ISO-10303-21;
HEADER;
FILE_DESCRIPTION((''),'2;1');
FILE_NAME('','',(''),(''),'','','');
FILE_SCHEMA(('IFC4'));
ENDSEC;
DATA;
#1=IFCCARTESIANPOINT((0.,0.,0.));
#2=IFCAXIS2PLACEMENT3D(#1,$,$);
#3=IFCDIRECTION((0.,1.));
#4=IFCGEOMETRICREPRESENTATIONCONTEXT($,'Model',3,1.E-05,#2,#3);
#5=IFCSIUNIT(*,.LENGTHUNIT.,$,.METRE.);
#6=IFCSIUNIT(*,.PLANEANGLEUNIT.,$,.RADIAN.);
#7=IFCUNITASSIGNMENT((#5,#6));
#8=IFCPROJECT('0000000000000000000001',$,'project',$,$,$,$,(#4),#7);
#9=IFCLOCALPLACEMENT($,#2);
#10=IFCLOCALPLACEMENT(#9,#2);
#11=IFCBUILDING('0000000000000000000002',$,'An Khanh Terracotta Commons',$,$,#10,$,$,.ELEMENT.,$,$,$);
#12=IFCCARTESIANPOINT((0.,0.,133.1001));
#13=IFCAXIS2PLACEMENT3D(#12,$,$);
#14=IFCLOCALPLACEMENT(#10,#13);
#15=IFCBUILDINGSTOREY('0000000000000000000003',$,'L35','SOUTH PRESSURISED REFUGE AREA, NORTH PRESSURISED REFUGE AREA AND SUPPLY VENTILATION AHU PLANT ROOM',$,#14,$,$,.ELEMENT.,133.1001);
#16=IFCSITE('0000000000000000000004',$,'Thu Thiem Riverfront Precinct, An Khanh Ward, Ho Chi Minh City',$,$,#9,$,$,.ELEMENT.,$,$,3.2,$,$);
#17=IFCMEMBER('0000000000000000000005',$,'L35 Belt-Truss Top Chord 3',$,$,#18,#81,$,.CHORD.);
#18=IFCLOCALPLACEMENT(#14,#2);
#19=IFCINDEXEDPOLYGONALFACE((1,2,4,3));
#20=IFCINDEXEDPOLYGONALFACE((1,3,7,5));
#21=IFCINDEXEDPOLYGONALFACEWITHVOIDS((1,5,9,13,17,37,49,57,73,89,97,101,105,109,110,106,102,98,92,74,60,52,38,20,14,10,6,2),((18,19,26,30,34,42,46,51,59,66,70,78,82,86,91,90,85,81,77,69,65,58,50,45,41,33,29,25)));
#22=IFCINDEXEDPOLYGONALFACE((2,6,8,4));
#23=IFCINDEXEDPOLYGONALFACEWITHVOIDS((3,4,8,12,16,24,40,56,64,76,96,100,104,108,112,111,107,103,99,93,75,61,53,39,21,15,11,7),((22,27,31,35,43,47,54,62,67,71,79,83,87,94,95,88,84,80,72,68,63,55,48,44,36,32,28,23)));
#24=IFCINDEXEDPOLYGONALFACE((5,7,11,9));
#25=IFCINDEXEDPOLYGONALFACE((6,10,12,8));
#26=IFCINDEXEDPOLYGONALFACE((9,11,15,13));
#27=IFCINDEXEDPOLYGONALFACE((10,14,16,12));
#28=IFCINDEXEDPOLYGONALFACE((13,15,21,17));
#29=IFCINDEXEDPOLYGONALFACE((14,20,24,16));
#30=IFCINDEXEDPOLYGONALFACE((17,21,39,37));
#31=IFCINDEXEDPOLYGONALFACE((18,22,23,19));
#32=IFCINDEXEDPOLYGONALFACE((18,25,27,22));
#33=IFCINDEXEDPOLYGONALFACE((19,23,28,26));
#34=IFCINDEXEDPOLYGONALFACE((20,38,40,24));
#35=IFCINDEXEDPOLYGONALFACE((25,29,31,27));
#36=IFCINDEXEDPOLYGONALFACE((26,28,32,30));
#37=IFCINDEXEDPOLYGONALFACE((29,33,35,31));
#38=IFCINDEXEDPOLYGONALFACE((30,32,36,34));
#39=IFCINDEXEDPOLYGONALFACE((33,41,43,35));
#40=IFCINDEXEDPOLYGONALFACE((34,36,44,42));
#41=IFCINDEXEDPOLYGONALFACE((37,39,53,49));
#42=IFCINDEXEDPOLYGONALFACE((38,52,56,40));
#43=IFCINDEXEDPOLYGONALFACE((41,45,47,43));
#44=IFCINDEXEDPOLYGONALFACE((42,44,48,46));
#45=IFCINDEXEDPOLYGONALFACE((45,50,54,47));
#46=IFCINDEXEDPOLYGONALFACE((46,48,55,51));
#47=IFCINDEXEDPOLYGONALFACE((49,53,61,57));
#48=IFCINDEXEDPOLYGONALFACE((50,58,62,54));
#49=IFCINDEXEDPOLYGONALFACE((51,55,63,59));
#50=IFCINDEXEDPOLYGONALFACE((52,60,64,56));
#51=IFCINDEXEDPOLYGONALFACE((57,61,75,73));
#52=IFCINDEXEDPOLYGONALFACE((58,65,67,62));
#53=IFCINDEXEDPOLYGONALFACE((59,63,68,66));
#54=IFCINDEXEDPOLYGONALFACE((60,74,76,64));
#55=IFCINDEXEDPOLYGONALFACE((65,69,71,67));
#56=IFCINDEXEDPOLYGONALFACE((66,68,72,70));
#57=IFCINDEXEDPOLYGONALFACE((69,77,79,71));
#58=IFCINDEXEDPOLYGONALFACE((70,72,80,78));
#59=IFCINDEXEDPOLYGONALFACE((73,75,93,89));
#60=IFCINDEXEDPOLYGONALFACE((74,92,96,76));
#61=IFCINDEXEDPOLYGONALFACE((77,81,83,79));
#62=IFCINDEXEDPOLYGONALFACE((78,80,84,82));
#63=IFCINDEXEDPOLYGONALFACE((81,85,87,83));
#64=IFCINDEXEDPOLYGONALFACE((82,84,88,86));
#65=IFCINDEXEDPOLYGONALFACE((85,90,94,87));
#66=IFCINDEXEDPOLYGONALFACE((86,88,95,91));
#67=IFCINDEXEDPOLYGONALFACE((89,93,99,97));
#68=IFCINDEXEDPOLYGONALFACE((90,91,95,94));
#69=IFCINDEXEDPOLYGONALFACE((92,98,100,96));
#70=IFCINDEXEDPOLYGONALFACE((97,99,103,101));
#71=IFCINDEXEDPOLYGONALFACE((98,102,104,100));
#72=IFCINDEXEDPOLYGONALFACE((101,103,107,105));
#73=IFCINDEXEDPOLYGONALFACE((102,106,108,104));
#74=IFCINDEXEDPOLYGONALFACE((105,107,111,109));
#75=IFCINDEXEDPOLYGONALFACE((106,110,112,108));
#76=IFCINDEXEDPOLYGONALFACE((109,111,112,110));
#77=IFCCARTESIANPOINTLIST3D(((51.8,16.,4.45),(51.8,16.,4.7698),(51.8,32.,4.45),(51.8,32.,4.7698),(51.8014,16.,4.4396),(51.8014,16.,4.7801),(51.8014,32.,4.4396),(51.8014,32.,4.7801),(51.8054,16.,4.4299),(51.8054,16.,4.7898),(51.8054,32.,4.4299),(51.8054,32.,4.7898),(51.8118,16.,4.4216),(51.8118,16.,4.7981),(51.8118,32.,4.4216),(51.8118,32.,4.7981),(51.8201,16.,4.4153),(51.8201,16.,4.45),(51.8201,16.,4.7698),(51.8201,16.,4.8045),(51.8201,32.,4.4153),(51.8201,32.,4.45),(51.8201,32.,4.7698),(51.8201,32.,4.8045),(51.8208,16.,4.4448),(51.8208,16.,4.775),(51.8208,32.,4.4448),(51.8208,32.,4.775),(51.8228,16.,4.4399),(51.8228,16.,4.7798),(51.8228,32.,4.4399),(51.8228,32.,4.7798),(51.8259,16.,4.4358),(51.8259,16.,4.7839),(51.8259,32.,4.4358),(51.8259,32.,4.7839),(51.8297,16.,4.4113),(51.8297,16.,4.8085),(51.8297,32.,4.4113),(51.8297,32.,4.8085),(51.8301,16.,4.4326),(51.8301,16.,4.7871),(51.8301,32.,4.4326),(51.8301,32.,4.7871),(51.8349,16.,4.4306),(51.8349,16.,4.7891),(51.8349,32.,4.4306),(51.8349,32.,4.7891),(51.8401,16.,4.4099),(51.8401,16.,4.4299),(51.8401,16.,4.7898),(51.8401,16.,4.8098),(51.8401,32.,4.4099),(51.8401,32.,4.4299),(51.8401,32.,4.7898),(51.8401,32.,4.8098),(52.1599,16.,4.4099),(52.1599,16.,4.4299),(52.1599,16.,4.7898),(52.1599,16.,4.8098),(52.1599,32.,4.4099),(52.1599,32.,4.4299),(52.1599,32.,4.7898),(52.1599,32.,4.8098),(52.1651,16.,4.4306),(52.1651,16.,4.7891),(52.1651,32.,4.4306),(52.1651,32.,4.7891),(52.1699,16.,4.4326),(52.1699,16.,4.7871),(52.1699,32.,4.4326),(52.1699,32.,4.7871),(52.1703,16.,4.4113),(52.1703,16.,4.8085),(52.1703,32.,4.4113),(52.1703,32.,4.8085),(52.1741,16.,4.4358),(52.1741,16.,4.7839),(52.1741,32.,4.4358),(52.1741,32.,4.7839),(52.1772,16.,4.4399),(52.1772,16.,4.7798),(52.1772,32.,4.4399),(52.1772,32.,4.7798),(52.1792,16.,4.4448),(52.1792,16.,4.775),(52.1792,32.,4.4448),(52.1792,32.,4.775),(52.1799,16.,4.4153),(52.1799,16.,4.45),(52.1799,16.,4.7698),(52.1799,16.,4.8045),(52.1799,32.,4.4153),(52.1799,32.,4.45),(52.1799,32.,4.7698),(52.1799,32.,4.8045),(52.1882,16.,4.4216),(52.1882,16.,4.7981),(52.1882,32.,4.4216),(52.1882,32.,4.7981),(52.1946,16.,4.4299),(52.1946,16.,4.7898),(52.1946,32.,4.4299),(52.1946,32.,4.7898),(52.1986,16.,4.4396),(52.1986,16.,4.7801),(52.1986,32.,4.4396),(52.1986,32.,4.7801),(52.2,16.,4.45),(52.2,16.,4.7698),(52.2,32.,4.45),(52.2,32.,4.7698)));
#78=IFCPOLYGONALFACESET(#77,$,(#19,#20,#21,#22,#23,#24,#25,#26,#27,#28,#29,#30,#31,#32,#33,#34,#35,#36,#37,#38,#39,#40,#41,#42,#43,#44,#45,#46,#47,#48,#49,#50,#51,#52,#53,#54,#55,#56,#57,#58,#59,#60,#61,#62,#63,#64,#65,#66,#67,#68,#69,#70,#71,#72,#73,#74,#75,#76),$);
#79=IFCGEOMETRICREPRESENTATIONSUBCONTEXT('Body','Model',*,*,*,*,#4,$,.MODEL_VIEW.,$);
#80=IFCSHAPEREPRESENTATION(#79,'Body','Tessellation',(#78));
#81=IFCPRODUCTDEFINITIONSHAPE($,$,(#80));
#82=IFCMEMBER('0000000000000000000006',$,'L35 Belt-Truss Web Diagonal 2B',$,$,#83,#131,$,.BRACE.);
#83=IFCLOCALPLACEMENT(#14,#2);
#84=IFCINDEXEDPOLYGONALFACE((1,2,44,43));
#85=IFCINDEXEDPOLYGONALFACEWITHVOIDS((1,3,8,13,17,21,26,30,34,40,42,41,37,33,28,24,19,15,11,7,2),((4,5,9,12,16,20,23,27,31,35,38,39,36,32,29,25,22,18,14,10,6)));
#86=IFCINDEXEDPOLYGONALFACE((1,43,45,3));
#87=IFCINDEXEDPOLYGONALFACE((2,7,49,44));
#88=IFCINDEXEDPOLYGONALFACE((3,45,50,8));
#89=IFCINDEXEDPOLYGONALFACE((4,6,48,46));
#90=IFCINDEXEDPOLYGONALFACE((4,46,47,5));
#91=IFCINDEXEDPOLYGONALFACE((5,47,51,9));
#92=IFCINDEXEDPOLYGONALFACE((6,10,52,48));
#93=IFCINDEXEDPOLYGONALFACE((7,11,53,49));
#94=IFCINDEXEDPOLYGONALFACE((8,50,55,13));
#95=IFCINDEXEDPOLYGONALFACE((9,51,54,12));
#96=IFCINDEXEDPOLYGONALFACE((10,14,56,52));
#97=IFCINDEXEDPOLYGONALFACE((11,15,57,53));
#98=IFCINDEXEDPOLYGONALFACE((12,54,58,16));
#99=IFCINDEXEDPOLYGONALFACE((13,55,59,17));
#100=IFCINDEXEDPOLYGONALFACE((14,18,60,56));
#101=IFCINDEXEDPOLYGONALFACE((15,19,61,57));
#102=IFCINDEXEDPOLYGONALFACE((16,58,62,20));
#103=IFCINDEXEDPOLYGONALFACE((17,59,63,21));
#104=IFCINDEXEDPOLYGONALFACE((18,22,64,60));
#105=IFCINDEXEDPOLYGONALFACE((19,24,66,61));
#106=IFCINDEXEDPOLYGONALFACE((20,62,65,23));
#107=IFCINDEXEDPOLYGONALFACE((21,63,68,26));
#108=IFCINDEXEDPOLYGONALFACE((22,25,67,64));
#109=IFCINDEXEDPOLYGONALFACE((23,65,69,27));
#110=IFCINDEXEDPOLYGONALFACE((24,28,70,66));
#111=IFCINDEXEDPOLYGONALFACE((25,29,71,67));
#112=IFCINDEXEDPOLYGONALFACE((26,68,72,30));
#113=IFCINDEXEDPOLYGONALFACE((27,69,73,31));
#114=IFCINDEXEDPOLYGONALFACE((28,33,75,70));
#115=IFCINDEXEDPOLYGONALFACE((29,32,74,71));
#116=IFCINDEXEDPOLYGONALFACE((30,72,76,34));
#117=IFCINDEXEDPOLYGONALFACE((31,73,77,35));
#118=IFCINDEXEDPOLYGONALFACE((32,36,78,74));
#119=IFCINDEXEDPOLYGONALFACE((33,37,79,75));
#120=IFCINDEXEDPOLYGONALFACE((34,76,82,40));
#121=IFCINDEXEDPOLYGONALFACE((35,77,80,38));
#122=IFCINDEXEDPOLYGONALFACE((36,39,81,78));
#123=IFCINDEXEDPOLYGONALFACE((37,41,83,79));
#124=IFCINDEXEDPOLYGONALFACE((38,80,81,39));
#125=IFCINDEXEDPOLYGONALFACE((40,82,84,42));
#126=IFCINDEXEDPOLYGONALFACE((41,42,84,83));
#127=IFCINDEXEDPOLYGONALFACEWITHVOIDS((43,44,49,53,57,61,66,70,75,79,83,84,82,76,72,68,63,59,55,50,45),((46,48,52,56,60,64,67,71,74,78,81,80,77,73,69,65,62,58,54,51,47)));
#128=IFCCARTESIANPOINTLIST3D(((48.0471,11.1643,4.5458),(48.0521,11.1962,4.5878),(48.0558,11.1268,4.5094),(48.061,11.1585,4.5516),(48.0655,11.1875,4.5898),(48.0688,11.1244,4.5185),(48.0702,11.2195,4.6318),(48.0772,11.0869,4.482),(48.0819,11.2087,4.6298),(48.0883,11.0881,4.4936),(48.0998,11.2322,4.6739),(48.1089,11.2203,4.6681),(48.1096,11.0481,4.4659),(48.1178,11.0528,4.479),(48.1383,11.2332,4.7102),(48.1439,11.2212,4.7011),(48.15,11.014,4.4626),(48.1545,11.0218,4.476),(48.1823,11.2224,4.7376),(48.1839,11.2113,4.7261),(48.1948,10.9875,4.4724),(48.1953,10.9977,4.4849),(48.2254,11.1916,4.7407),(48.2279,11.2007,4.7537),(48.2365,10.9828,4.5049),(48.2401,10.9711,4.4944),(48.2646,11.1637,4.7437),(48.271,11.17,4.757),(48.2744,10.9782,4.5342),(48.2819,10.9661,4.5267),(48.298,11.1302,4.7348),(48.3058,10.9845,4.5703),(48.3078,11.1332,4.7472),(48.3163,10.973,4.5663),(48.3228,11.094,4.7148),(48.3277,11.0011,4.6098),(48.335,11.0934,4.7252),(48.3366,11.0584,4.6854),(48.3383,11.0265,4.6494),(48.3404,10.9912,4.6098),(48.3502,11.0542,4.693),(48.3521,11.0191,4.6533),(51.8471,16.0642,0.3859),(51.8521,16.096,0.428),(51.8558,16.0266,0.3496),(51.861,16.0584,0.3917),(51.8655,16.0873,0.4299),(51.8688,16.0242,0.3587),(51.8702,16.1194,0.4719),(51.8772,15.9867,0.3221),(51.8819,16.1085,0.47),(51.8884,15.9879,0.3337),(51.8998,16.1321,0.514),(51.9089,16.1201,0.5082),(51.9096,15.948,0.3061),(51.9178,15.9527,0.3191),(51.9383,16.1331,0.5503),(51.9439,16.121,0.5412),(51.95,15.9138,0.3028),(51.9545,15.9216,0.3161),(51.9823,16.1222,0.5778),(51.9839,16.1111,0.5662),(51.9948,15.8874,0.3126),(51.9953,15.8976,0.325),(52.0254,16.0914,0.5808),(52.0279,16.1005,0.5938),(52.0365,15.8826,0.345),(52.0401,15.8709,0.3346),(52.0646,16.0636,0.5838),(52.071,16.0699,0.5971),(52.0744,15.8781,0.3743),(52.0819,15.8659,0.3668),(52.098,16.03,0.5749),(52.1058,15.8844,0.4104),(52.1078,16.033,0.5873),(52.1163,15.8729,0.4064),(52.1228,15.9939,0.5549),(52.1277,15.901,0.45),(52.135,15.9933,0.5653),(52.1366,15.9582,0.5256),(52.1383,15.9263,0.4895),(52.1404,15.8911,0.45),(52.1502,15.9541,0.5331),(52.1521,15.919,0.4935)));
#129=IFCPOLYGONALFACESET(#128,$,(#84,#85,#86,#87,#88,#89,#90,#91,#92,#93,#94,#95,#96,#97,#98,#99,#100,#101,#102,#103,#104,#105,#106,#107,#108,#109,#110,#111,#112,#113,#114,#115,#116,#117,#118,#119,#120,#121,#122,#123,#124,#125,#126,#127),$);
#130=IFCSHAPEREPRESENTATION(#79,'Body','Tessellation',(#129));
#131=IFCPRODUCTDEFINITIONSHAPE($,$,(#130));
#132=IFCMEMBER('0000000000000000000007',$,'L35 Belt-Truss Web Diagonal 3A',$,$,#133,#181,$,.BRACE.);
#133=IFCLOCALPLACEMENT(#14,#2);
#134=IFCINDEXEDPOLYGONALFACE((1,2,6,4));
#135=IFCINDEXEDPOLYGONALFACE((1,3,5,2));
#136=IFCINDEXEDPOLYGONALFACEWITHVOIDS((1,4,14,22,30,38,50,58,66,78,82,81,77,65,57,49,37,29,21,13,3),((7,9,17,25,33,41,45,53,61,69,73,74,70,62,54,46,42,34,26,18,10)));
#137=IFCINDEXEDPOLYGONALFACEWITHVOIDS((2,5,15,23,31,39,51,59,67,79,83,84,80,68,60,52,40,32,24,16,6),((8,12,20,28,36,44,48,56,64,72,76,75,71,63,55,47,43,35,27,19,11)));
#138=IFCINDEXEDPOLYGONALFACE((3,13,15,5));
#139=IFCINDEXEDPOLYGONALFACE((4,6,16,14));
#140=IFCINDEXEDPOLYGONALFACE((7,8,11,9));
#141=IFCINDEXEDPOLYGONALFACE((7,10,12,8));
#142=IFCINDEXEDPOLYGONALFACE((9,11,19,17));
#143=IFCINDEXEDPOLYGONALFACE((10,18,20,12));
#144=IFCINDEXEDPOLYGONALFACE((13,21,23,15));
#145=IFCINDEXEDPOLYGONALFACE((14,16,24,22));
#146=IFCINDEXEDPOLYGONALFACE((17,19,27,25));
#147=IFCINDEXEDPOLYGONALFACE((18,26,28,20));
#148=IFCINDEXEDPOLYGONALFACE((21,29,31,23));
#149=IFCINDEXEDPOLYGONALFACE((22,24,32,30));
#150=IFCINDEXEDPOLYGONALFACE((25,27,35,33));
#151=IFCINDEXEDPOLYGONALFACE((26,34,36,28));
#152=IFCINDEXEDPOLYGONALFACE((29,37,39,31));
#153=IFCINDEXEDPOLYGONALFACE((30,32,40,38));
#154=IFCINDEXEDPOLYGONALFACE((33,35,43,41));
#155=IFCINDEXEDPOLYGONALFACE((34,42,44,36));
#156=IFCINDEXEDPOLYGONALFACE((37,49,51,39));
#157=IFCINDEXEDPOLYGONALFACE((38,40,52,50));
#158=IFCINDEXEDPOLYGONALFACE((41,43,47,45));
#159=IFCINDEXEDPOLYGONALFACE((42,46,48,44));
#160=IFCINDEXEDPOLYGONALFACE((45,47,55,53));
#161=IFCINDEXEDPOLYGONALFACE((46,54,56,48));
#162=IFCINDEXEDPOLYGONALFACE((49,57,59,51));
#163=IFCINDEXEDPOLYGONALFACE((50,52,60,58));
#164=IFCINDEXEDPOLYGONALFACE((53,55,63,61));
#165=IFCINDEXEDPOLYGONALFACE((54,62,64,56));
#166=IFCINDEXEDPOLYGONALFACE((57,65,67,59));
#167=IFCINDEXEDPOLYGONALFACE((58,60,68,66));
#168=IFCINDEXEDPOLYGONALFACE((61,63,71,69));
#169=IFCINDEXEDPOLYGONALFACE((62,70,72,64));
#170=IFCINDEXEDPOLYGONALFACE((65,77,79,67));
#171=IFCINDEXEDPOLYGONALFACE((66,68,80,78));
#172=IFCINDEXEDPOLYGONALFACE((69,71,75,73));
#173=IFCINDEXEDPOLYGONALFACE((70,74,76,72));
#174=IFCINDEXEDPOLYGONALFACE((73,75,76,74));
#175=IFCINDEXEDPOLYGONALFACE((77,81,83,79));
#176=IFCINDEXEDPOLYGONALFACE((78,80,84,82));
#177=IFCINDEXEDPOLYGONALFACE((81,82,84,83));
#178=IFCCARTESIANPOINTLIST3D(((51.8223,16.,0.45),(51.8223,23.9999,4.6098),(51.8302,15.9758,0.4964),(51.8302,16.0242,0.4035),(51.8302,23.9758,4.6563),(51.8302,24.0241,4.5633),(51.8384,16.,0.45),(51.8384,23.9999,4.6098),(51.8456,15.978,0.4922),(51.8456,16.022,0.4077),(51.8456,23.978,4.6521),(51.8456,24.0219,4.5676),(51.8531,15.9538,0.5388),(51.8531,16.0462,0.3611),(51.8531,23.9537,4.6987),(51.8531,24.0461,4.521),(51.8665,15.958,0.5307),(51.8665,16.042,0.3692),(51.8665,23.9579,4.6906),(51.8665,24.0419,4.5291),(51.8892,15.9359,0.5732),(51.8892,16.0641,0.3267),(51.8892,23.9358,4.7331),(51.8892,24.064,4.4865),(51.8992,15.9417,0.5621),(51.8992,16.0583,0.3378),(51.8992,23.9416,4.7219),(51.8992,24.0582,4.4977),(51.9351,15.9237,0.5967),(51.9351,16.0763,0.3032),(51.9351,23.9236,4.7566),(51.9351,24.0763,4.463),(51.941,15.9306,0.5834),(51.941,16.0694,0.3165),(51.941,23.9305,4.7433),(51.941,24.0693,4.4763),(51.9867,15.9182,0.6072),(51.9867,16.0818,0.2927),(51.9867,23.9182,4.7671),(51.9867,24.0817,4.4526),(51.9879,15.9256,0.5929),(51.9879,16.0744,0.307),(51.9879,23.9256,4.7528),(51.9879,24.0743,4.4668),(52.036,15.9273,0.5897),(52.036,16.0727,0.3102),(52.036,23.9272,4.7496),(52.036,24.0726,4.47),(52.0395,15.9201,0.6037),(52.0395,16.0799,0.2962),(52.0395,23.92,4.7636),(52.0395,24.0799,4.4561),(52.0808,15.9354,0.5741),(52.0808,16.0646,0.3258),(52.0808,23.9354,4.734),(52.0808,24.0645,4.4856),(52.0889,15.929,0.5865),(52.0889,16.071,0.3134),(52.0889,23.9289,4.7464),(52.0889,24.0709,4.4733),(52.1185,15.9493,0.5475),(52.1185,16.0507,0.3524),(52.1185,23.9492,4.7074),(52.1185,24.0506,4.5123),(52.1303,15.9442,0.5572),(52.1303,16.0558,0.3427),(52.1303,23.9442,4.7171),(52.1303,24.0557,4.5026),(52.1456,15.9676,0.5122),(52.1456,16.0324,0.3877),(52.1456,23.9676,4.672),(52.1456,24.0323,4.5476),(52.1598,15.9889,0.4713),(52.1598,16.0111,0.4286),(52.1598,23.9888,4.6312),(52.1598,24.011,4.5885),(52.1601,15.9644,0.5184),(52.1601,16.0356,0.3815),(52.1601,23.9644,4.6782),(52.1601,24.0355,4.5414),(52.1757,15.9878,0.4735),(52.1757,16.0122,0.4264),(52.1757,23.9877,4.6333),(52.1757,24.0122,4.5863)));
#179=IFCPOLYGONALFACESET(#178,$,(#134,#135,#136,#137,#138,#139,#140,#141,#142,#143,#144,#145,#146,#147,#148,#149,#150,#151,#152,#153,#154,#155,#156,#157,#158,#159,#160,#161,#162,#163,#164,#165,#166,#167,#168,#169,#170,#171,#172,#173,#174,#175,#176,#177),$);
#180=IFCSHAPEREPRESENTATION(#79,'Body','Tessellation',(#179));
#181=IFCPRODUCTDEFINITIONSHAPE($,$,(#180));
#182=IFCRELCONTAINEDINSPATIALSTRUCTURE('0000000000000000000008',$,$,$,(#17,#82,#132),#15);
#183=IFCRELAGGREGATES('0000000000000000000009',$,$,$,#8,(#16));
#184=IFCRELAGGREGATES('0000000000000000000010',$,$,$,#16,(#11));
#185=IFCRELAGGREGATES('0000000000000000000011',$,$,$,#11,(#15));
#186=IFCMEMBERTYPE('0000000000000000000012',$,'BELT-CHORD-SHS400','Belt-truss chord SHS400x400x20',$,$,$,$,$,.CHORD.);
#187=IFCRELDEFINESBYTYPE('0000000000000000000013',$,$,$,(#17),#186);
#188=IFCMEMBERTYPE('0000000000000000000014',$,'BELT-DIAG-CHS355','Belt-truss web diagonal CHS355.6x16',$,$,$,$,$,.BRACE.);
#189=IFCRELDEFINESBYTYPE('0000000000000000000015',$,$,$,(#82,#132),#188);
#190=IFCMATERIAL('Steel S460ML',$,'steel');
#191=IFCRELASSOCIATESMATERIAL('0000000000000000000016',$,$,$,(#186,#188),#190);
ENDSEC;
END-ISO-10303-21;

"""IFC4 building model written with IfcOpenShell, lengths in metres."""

from ifc_helpers import new_model, si_unit, direction, frame, origin, origin_2d, place, context, subcontext, project, spatial, hollow_rectangle, hollow_circle, extrude, material, material_profile, profile_set, type_object, element, save


model = new_model("IFC4")

# Units and contexts
model_context = context("Model", 3, precision=1e-05, world=origin(), true_north=direction((0.0, 1.0)))
body_context = subcontext(model_context, "Body", "Model", "MODEL_VIEW")
ifc_project = project(units=[si_unit("LENGTHUNIT", "METRE"), si_unit("PLANEANGLEUNIT", "RADIAN")], contexts=[model_context])

# Site, building, storey
site_placement = place(None, origin())
site = spatial("IfcSite", under=ifc_project, at=site_placement, Name="Thu Thiem Riverfront Precinct, An Khanh Ward, Ho Chi Minh City", CompositionType="ELEMENT", RefElevation=3.2)
building_placement = place(site_placement, origin())
building = spatial("IfcBuilding", under=site, at=building_placement, Name="An Khanh Terracotta Commons", CompositionType="ELEMENT")
storey_placement = place(building_placement, frame((0.0, 0.0, 133.1001)))
storey = spatial("IfcBuildingStorey", under=building, at=storey_placement, Name="L35", Description="SOUTH PRESSURISED REFUGE AREA, NORTH PRESSURISED REFUGE AREA AND SUPPLY VENTILATION AHU PLANT ROOM", CompositionType="ELEMENT", Elevation=133.1001)

# Shared definitions
ifc_material_1 = material(Name="Steel S460ML", Category="steel")

# Members
ifc_material_profile_1 = material_profile(ifc_material_1, hollow_rectangle(XDim=0.3999, YDim=0.3999, WallThickness=0.02, InnerFilletRadius=0.02, OuterFilletRadius=0.04, at=origin_2d()), Name="SHS400x400x20")
ifc_profile_set_1 = profile_set([ifc_material_profile_1], Name="Steel S460ML")
member_type_1 = type_object("IfcMemberType", Name="BELT-CHORD-SHS400", Description="Belt-truss chord SHS400x400x20", PredefinedType="CHORD", material=ifc_profile_set_1)
for number, where, z_axis, x_axis, name in (
    (1, (52.0, 16.0, 4.6099), (0.0, 1.0, 0.0), (-1.0, 0.0, 0.0), "L35 Belt-Truss Top Chord 3"),
):
    element("IfcMember", number, at=place(storey_placement, frame(where, z_axis=z_axis, x_axis=x_axis)), inside=storey, type_object=member_type_1, Name=name, PredefinedType="CHORD", context=body_context, shape_type="SweptSolid", body=[
        extrude(hollow_rectangle(XDim=0.3999, YDim=0.3999, WallThickness=0.02, InnerFilletRadius=0.02, OuterFilletRadius=0.04, at=origin_2d()), origin(), (0.0, 0.0, 1.0), 16.0),
    ])
ifc_material_profile_2 = material_profile(ifc_material_1, hollow_circle(Radius=0.1777, WallThickness=0.0161, at=origin_2d()), Name="CHS355.6x16")
ifc_profile_set_2 = profile_set([ifc_material_profile_2], Name="Steel S460ML")
member_type_2 = type_object("IfcMemberType", Name="BELT-DIAG-CHS355", Description="Belt-truss web diagonal CHS355.6x16", PredefinedType="BRACE", material=ifc_profile_set_2)
member_1_placement = place(storey_placement, frame((52.0, 16.0, 0.45), z_axis=(-0.508921, -0.656218, 0.557115), x_axis=(0.79021, -0.612836, 0.0)))
element("IfcMember", 2, at=member_1_placement, inside=storey, type_object=member_type_2, Name="L35 Belt-Truss Web Diagonal 2B", PredefinedType="BRACE", context=body_context, shape_type="SweptSolid", body=[
    extrude(hollow_circle(Radius=0.1777, WallThickness=0.0161, at=origin_2d()), origin(), (0.0, 0.0, 1.0), 7.4668),
])
member_2_placement = place(storey_placement, frame((52.0, 16.0, 0.45), z_axis=(0.0, 0.887221, 0.461345), x_axis=(-1.0, 0.0, 0.0)))
element("IfcMember", 3, at=member_2_placement, inside=storey, type_object=member_type_2, Name="L35 Belt-Truss Web Diagonal 3A", PredefinedType="BRACE", context=body_context, shape_type="SweptSolid", body=[
    extrude(hollow_circle(Radius=0.1777, WallThickness=0.0161, at=origin_2d()), origin(), (0.0, 0.0, 1.0), 9.0168),
])

save(model, "model.ifc")
